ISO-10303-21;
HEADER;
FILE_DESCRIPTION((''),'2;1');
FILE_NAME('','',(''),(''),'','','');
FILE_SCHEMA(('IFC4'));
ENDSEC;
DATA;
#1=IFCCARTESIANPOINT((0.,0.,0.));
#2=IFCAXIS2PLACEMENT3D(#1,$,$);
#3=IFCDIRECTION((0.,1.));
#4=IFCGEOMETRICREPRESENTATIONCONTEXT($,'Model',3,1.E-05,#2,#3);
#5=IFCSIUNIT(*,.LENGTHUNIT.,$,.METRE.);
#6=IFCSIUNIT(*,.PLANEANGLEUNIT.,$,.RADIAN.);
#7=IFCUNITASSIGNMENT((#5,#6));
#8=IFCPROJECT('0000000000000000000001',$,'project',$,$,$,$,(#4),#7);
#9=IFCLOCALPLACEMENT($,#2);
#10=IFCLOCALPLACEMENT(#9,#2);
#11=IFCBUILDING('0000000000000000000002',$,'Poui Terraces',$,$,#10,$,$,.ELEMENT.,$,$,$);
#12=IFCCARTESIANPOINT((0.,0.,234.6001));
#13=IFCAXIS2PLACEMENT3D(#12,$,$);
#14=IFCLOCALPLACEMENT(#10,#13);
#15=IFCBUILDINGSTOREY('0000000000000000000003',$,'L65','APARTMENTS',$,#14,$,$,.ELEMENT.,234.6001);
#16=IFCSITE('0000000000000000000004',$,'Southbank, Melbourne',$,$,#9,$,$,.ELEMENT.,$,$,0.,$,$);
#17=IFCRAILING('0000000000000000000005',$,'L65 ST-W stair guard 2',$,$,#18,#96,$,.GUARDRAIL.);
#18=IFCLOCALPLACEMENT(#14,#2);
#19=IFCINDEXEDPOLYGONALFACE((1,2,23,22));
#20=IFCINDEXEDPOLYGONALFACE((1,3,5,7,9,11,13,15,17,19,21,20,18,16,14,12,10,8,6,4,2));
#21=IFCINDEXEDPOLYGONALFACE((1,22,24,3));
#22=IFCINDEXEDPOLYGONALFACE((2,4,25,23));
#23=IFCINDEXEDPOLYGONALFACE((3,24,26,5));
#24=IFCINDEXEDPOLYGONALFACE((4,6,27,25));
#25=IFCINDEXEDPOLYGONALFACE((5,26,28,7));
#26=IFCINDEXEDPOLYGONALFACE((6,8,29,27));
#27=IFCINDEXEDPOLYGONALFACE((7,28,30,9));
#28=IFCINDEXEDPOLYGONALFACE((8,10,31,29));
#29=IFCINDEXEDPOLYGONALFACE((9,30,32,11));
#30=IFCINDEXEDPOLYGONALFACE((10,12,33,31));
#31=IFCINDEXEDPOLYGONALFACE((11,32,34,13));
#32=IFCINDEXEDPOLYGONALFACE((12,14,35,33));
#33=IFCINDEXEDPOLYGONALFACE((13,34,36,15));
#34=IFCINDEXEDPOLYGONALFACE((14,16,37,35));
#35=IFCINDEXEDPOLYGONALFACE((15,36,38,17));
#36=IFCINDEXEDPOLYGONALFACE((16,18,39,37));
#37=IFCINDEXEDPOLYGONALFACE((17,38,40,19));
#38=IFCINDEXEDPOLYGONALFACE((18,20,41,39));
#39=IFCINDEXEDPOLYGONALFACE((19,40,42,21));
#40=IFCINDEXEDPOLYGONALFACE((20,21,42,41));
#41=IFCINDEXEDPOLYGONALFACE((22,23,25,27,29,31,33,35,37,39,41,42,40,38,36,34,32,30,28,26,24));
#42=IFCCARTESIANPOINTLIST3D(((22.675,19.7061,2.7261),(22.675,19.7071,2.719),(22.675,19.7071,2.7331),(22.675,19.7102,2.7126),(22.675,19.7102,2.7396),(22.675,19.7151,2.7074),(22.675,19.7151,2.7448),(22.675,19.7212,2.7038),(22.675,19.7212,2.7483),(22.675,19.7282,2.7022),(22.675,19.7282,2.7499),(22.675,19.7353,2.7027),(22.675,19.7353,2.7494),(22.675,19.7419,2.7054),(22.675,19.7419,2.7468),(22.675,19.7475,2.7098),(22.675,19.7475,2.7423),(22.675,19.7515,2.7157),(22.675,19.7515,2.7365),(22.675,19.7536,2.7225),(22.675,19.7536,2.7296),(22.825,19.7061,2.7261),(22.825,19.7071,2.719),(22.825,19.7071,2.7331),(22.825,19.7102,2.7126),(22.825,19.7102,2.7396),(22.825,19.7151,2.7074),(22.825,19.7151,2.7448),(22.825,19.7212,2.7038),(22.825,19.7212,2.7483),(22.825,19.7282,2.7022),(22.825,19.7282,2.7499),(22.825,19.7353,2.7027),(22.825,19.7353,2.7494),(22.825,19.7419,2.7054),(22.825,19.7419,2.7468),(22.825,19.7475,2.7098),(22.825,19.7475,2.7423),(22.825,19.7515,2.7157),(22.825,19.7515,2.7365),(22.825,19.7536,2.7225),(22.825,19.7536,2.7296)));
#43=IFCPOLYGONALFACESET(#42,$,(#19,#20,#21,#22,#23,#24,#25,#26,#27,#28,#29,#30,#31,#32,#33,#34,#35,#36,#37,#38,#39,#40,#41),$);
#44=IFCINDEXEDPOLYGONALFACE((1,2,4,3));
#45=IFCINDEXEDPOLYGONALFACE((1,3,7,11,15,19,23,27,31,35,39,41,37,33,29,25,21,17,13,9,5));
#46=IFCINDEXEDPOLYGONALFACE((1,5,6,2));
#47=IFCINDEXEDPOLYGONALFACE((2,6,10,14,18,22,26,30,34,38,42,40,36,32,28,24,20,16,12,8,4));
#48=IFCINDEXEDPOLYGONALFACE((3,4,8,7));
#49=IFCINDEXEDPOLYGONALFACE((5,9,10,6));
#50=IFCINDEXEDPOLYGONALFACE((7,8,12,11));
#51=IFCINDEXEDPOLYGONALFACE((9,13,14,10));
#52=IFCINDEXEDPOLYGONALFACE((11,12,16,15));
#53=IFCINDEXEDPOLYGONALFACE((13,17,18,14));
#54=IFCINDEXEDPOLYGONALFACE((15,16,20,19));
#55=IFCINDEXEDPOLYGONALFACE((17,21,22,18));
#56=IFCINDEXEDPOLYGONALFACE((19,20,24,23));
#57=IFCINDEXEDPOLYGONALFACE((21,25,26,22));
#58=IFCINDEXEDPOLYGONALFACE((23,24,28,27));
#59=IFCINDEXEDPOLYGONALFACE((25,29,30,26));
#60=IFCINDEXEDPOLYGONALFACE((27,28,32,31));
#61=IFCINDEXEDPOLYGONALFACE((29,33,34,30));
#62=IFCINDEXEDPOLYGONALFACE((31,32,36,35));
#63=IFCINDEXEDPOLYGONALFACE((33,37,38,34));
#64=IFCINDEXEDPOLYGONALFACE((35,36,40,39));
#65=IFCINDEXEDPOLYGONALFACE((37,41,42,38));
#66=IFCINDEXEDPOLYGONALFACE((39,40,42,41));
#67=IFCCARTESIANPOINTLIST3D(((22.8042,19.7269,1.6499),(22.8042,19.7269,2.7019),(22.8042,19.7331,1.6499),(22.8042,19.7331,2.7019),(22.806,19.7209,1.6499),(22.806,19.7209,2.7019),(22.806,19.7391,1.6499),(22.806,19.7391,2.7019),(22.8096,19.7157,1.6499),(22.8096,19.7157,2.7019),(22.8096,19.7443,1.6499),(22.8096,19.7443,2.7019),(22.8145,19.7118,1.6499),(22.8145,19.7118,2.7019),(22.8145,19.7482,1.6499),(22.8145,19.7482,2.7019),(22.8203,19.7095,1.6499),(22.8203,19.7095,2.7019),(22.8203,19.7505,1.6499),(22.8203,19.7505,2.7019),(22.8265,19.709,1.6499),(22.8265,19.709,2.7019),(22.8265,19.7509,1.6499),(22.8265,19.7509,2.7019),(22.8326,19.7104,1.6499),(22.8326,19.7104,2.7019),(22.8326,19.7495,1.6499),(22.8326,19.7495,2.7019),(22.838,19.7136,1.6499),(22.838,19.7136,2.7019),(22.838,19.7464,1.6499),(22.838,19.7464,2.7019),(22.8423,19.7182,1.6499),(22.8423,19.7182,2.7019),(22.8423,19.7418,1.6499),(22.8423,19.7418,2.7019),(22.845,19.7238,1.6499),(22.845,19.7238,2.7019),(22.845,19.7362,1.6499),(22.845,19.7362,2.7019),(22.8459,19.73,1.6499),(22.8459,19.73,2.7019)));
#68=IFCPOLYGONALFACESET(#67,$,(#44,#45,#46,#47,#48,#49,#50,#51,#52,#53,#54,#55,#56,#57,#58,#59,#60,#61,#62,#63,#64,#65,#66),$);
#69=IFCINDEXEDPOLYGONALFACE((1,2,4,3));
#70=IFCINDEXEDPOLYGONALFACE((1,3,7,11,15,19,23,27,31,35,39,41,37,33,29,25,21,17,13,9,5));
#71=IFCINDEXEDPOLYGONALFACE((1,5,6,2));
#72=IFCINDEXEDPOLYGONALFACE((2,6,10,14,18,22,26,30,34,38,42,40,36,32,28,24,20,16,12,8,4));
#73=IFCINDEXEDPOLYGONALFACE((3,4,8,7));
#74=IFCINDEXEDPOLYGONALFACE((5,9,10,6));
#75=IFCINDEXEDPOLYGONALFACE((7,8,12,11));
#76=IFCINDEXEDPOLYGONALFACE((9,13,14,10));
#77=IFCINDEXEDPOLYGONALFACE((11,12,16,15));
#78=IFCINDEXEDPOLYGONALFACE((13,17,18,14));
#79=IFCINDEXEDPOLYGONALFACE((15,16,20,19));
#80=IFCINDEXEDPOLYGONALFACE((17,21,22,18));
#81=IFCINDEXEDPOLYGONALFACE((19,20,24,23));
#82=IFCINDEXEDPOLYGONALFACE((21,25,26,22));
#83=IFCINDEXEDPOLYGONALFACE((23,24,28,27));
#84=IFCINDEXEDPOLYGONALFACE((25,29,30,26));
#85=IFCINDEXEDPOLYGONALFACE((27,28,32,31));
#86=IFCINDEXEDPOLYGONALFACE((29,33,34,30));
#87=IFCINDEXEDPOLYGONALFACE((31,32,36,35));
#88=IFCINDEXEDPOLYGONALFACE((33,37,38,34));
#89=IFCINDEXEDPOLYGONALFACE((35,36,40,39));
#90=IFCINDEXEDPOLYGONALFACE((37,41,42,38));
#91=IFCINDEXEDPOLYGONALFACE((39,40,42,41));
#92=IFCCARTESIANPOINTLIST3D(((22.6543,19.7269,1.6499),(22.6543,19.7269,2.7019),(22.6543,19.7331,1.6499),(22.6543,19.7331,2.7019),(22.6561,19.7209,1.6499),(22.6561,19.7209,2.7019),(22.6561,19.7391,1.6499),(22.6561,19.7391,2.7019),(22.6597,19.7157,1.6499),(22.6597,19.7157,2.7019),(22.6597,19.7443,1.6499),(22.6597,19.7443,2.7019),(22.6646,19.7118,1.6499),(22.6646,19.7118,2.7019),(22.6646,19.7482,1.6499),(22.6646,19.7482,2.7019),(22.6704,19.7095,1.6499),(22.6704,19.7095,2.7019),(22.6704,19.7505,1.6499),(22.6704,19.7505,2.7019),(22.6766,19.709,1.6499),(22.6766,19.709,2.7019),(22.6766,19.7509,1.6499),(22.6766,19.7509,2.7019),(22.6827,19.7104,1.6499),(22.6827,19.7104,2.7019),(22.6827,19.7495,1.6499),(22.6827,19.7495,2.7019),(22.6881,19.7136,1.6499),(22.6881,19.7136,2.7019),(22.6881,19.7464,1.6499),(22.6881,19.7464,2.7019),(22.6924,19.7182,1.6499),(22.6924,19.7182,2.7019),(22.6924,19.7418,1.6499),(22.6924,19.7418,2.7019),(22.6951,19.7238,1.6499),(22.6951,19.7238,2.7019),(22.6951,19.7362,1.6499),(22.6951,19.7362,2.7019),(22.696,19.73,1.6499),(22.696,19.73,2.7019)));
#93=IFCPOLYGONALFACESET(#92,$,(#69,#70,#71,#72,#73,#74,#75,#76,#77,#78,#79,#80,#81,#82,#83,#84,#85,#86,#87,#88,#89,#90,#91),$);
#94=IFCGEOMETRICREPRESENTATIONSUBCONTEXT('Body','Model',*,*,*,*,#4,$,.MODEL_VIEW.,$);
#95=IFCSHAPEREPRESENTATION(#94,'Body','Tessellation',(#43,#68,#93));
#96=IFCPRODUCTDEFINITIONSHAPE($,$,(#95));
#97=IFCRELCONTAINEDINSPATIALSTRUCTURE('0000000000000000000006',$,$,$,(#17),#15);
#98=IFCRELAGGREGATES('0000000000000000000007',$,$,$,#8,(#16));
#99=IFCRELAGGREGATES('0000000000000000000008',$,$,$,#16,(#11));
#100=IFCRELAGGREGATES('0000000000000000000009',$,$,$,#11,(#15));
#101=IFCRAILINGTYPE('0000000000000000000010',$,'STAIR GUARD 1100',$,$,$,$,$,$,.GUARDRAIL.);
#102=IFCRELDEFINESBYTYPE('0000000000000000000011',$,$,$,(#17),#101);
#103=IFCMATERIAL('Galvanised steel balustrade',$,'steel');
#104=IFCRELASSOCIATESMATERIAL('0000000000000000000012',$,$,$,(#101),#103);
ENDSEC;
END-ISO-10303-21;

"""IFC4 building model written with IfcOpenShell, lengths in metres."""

from ifc_helpers import new_model, si_unit, direction, frame, origin, origin_2d, place, context, subcontext, project, spatial, circle, extrude, material, type_object, element, save


model = new_model("IFC4")

# Units and contexts
model_context = context("Model", 3, precision=1e-05, world=origin(), true_north=direction((0.0, 1.0)))
body_context = subcontext(model_context, "Body", "Model", "MODEL_VIEW")
ifc_project = project(units=[si_unit("LENGTHUNIT", "METRE"), si_unit("PLANEANGLEUNIT", "RADIAN")], contexts=[model_context])

# Site, building, storey
site_placement = place(None, origin())
site = spatial("IfcSite", under=ifc_project, at=site_placement, Name="Southbank, Melbourne", CompositionType="ELEMENT", RefElevation=0.0)
building_placement = place(site_placement, origin())
building = spatial("IfcBuilding", under=site, at=building_placement, Name="Poui Terraces", CompositionType="ELEMENT")
storey_placement = place(building_placement, frame((0.0, 0.0, 234.6001)))
storey = spatial("IfcBuildingStorey", under=building, at=storey_placement, Name="L65", Description="APARTMENTS", CompositionType="ELEMENT", Elevation=234.6001)

# Railing
ifc_material_1 = material(Name="Galvanised steel balustrade", Category="steel")
railing_type_1 = type_object("IfcRailingType", Name="STAIR GUARD 1100", PredefinedType="GUARDRAIL", material=ifc_material_1)
railing_1_placement = place(storey_placement, frame((22.825, 19.73, 1.6499)))
element("IfcRailing", 1, at=railing_1_placement, inside=storey, type_object=railing_type_1, Name="L65 ST-W stair guard 2", PredefinedType="GUARDRAIL", context=body_context, shape_type="SweptSolid", body=[
    extrude(circle(Radius=0.0239, at=origin_2d()), frame((0.0, 0.0, 1.0762), z_axis=(-1.0, 0.0, 0.0), x_axis=(0.0, -1.0, 0.0)), (0.0, 0.0, 1.0), 0.1499),
    extrude(circle(Radius=0.021, at=origin_2d()), origin(), (0.0, 0.0, 1.0), 1.052),
    extrude(circle(Radius=0.021, at=origin_2d()), frame((-0.1499, 0.0, 0.0)), (0.0, 0.0, 1.0), 1.052),
])

save(model, "model.ifc")
